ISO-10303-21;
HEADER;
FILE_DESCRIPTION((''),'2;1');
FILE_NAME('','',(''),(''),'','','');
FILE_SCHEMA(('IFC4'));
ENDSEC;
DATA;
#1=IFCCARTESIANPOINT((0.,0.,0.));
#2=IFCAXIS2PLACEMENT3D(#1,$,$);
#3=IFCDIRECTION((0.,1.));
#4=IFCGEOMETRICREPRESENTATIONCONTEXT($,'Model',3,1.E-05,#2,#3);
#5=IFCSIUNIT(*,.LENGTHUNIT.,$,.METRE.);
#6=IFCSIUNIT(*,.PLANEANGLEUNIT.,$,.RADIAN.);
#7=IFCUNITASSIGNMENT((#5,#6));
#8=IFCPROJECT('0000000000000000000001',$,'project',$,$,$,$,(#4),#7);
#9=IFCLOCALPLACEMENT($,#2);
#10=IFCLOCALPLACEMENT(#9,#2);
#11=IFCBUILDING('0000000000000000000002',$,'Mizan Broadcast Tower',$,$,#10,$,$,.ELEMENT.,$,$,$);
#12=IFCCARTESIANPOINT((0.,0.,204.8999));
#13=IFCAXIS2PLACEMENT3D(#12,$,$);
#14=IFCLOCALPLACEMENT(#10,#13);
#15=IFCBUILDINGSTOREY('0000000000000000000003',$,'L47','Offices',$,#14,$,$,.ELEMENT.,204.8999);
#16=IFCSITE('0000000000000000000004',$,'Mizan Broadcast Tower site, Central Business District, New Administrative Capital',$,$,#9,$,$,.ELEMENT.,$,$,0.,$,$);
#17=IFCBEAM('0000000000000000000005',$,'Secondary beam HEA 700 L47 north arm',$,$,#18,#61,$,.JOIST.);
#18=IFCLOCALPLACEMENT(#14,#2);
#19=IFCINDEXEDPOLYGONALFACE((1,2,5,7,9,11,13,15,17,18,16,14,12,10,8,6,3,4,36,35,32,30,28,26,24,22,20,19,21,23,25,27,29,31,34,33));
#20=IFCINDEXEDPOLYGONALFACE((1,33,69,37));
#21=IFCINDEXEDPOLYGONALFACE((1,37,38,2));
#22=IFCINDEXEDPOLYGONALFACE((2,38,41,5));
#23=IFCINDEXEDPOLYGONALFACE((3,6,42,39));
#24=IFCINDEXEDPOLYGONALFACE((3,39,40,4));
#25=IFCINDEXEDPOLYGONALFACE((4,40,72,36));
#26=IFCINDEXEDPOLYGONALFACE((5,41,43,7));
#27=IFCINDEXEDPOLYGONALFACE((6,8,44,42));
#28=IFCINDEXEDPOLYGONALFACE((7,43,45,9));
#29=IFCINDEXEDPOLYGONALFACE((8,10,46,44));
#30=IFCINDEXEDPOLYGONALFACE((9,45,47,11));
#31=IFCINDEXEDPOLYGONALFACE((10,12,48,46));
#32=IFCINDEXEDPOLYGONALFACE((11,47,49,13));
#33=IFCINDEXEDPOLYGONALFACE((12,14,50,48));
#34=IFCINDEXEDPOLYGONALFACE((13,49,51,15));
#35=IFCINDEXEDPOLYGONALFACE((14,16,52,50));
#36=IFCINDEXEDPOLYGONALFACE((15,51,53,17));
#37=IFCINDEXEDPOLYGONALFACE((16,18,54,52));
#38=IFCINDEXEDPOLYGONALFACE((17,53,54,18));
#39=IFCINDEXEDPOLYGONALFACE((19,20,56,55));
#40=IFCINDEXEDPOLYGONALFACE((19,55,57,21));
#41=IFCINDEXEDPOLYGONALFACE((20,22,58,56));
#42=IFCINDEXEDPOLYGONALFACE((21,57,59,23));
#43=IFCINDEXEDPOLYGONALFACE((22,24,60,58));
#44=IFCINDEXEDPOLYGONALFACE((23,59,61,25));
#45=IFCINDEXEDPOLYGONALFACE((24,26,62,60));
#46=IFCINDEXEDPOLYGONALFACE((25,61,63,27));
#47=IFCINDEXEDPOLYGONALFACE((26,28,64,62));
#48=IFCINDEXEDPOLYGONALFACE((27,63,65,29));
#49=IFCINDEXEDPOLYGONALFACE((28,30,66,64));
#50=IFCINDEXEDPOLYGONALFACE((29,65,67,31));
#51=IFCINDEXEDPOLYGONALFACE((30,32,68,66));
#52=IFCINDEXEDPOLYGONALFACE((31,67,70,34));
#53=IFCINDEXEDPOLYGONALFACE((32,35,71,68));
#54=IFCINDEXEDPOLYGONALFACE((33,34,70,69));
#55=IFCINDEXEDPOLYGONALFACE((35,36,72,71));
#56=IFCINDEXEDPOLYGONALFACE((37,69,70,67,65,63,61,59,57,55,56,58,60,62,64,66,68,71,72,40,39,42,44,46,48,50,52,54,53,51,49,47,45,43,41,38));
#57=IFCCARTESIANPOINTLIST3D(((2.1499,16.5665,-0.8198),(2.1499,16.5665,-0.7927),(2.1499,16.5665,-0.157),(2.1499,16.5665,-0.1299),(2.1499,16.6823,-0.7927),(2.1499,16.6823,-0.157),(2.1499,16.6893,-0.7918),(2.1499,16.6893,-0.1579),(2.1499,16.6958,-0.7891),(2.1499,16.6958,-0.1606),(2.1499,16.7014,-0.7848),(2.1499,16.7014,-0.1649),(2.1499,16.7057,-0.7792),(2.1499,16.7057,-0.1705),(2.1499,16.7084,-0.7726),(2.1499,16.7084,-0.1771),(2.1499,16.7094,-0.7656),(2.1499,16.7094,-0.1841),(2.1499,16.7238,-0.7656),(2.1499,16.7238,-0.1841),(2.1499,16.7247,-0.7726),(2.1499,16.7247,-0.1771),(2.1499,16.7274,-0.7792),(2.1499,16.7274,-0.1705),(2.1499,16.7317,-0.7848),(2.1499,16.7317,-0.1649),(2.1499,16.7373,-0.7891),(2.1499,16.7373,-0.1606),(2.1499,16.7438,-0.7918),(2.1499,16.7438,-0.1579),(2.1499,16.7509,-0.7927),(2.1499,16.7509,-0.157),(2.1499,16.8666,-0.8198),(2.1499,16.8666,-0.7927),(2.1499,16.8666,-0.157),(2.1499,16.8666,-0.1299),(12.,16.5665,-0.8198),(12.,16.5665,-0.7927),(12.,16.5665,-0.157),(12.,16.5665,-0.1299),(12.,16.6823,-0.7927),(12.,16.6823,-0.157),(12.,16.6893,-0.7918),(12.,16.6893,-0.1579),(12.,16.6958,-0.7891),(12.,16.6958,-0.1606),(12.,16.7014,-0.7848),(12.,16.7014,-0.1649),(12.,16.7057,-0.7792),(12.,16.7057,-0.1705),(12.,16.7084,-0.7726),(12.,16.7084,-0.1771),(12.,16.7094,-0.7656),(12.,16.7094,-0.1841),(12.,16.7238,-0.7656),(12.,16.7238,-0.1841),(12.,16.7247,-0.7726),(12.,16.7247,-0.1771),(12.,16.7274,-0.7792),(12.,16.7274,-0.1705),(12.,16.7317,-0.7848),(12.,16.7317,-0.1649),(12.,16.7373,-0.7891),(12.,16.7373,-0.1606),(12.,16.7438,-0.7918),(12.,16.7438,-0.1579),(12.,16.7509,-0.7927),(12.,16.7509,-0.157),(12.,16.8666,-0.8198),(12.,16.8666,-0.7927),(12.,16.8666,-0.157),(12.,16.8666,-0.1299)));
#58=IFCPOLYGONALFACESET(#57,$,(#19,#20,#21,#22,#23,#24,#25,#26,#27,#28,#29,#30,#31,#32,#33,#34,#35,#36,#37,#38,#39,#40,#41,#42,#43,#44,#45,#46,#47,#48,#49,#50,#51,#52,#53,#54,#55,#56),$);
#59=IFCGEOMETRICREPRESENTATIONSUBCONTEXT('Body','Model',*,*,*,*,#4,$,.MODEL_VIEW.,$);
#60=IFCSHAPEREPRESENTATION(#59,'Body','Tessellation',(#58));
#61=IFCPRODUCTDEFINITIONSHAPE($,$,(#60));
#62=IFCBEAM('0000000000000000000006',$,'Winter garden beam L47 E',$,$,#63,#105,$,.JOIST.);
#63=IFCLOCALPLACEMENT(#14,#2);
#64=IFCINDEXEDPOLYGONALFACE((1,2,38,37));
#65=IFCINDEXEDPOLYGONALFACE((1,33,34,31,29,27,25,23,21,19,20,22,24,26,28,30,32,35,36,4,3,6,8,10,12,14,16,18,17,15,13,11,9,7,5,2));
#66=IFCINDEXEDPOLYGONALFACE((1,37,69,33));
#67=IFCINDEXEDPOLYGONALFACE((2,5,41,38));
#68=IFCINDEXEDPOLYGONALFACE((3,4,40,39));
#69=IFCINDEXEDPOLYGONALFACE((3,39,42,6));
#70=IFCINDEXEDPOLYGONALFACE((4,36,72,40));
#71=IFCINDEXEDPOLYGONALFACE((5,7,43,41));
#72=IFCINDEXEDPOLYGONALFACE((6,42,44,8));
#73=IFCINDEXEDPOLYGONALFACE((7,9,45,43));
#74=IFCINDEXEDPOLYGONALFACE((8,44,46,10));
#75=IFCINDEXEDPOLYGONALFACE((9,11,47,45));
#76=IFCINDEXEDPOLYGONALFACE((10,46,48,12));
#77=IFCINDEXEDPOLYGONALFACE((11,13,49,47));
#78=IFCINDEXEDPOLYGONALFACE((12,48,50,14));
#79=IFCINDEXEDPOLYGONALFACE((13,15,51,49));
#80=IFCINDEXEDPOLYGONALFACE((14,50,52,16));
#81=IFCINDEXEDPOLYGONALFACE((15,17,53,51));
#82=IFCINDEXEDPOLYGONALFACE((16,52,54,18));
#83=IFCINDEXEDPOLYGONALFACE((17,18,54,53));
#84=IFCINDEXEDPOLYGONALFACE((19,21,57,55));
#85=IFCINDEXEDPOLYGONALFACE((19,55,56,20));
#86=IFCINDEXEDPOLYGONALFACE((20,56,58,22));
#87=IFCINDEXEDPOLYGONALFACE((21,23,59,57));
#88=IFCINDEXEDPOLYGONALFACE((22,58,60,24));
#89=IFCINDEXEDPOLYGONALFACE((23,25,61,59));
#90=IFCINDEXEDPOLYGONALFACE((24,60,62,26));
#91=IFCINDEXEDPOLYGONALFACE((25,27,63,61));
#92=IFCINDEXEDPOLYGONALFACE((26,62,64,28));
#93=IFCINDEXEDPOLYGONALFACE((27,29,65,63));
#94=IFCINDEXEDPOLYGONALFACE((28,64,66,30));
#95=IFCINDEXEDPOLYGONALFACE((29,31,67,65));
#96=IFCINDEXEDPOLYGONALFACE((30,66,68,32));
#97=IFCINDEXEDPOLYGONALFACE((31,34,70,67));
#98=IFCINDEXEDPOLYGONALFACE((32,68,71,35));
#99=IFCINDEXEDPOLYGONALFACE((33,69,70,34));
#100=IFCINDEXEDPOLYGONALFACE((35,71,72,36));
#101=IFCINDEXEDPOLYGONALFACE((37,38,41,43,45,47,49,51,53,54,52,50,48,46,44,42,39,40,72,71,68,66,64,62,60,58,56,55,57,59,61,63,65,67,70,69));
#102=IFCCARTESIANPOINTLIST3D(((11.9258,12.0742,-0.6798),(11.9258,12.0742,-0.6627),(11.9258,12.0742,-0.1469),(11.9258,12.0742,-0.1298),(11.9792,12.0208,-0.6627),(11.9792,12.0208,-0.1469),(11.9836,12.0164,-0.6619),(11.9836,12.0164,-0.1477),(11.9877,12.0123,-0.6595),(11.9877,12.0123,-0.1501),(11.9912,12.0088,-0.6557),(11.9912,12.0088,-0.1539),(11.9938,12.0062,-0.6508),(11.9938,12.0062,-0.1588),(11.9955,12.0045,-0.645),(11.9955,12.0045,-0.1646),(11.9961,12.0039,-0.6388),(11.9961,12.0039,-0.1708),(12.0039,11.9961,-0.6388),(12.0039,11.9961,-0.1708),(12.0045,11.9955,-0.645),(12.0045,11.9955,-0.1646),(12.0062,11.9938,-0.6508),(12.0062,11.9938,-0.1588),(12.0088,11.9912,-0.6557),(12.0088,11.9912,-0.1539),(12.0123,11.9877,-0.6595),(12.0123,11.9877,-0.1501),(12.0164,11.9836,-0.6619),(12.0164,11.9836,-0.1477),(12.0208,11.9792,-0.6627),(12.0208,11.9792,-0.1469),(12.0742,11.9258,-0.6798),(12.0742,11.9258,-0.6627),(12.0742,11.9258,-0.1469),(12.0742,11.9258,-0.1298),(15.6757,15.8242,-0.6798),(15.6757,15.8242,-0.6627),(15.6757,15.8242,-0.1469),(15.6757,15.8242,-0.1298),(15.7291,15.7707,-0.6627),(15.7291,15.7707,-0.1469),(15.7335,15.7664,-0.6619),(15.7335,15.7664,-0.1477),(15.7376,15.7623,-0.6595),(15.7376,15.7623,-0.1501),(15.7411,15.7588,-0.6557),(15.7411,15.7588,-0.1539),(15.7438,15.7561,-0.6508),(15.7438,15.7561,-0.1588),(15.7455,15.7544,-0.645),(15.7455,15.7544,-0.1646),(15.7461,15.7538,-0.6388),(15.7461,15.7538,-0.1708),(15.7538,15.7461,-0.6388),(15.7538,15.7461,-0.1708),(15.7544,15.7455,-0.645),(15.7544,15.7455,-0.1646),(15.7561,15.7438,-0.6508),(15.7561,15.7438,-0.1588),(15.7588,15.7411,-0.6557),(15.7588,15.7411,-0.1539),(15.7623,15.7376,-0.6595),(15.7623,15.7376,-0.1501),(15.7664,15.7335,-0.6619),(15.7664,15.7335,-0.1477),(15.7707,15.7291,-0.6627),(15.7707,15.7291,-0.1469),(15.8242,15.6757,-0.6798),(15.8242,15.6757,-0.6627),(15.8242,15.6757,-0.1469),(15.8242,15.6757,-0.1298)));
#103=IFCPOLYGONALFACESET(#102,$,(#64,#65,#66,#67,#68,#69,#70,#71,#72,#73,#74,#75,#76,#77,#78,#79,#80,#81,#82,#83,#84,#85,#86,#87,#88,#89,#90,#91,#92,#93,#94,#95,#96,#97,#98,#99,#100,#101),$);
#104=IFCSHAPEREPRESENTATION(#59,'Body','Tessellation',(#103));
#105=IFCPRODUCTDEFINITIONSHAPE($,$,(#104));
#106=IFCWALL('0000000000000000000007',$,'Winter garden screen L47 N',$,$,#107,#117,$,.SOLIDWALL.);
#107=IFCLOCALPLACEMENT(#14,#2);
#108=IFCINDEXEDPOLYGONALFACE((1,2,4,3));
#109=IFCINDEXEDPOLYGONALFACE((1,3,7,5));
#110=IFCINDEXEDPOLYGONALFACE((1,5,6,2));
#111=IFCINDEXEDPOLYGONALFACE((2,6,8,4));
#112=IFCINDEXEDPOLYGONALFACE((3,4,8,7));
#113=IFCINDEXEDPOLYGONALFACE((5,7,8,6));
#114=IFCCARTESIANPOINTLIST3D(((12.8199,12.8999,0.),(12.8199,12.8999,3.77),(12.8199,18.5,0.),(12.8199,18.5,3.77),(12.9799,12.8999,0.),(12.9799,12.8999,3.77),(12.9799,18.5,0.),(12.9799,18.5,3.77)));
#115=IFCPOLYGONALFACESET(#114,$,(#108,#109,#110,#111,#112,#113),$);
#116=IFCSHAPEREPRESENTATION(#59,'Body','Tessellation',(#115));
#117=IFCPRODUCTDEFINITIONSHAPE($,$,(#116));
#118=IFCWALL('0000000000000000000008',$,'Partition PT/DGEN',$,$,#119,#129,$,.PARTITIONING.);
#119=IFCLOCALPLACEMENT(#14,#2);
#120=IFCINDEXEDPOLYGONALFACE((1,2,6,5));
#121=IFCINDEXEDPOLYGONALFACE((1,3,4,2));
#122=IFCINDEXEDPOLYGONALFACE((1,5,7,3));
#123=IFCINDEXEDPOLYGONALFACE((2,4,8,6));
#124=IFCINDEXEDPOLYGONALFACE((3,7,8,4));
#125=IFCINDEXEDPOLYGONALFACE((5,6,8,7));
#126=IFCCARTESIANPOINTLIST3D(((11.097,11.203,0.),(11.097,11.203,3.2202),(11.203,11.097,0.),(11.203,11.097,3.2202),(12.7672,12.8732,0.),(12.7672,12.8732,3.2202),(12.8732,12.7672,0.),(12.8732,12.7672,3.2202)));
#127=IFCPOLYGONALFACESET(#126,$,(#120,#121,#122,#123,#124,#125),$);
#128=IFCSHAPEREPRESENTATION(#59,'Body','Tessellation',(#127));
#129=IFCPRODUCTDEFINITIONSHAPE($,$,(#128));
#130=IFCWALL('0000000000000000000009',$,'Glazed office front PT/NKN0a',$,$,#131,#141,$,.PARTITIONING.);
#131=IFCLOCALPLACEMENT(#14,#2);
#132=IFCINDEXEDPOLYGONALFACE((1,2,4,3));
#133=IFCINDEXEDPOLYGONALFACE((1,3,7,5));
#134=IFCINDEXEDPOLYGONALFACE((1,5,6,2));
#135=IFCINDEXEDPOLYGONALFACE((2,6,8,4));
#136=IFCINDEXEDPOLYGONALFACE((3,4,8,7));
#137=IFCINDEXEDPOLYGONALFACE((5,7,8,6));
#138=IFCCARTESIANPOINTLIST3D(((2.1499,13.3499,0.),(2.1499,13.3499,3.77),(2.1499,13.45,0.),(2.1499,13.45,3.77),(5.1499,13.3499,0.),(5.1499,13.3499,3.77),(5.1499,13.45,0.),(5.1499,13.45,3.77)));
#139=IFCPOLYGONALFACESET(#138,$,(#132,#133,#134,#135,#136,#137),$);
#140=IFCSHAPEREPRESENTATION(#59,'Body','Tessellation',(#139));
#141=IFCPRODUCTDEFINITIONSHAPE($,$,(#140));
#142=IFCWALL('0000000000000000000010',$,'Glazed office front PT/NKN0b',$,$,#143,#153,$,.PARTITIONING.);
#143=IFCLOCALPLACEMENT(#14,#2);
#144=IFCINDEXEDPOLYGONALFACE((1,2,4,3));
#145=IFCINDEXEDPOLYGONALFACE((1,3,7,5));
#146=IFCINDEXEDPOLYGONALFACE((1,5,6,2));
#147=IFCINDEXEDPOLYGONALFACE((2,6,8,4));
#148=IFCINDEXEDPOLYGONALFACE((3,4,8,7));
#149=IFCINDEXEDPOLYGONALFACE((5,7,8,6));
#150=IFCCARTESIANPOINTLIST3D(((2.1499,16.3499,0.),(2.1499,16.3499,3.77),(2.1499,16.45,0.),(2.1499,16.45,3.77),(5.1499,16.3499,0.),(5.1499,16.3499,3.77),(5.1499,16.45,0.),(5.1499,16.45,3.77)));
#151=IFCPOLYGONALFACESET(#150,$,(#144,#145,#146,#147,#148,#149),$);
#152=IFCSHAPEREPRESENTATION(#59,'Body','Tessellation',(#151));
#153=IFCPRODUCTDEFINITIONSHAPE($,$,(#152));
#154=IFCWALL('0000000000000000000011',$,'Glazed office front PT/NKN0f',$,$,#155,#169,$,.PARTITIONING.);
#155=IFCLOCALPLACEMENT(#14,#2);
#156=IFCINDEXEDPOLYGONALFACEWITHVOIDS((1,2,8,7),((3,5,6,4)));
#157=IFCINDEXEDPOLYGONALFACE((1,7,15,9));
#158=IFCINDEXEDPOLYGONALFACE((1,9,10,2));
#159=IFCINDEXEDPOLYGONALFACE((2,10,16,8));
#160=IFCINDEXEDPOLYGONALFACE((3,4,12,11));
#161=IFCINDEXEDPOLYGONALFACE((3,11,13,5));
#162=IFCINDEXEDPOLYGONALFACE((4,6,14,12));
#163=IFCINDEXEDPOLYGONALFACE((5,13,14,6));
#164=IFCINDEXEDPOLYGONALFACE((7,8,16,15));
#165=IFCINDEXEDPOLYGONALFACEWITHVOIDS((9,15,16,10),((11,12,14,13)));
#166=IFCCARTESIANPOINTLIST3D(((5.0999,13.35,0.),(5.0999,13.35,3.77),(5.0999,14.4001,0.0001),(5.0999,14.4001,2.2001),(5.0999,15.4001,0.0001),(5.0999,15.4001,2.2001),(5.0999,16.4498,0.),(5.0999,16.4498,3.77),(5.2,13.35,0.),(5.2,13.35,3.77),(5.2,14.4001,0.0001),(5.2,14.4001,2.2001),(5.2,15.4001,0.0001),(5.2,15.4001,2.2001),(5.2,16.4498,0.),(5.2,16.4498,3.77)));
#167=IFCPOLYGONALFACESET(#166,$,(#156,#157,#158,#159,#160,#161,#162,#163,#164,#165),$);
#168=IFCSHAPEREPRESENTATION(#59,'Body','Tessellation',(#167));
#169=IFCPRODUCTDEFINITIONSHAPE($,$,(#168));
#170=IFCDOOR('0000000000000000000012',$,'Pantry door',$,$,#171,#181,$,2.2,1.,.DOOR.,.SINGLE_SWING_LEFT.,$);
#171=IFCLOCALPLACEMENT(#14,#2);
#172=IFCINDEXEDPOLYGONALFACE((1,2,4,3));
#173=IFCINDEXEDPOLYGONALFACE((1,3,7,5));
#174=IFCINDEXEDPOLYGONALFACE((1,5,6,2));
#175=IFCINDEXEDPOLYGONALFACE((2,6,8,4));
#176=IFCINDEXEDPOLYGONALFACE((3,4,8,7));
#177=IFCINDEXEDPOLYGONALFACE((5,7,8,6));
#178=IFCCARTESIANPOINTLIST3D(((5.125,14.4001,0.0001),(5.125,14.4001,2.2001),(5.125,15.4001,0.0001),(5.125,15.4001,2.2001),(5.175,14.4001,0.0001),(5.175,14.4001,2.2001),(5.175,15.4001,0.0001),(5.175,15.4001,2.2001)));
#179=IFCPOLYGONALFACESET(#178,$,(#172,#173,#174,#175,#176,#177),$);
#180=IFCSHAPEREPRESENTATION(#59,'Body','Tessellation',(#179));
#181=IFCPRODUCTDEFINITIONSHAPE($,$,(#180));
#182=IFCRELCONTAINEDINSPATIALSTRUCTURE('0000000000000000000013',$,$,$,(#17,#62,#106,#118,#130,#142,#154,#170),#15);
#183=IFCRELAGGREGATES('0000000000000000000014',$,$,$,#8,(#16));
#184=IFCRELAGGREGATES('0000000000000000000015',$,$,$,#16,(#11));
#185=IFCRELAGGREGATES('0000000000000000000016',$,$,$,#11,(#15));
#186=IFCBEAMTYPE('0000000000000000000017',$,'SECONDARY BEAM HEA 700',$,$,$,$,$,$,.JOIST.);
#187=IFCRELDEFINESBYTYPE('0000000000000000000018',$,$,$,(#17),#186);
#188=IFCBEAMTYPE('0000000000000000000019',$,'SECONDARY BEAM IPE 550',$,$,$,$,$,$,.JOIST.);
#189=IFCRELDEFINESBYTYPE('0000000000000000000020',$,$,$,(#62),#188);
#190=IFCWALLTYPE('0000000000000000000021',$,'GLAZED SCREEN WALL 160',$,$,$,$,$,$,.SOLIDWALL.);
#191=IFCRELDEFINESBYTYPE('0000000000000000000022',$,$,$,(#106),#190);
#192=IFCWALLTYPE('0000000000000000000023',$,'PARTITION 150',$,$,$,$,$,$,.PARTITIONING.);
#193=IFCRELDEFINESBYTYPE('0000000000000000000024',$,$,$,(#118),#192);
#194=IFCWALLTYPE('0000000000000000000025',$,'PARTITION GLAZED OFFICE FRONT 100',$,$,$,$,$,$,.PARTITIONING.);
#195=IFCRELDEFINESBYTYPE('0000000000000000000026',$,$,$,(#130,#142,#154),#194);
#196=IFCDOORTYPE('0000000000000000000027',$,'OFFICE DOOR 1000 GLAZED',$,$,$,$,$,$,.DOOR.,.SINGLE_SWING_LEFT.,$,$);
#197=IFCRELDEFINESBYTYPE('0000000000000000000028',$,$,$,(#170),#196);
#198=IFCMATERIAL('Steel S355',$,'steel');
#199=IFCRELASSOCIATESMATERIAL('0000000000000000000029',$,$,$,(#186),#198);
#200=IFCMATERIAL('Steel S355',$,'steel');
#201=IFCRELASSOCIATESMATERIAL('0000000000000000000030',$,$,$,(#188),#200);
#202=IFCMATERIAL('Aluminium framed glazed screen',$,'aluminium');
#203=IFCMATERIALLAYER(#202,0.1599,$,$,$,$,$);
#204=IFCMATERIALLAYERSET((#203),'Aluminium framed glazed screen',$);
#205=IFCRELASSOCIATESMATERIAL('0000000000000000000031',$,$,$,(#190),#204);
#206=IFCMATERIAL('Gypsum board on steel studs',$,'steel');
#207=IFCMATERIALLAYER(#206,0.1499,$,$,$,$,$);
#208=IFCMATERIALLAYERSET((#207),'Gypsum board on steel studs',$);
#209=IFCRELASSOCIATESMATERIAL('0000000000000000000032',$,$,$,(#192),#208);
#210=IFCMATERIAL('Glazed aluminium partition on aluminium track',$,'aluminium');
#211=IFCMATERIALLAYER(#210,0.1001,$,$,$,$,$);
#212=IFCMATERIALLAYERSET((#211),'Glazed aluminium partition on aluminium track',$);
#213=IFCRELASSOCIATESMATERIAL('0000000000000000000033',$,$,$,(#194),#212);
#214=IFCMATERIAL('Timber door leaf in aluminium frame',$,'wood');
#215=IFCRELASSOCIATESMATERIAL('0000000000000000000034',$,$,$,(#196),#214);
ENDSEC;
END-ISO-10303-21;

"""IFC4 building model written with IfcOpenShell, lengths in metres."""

from ifc_helpers import new_model, si_unit, direction, frame, frame_2d, origin, origin_2d, place, context, subcontext, project, spatial, rectangle, i_section, extrude, material, layer, layer_set, material_profile, profile_set, type_object, element, fill, save


model = new_model("IFC4")

# Units and contexts
model_context = context("Model", 3, precision=1e-05, world=origin(), true_north=direction((0.0, 1.0)))
body_context = subcontext(model_context, "Body", "Model", "MODEL_VIEW")
ifc_project = project(units=[si_unit("LENGTHUNIT", "METRE"), si_unit("PLANEANGLEUNIT", "RADIAN")], contexts=[model_context])

# Site, building, storey
site_placement = place(None, origin())
site = spatial("IfcSite", under=ifc_project, at=site_placement, Name="Mizan Broadcast Tower site, Central Business District, New Administrative Capital", CompositionType="ELEMENT", RefElevation=0.0)
building_placement = place(site_placement, origin())
building = spatial("IfcBuilding", under=site, at=building_placement, Name="Mizan Broadcast Tower", CompositionType="ELEMENT")
storey_placement = place(building_placement, frame((0.0, 0.0, 204.8999)))
storey = spatial("IfcBuildingStorey", under=building, at=storey_placement, Name="L47", Description="Offices", CompositionType="ELEMENT", Elevation=204.8999)

# Beams
ifc_material_1 = material(Name="Steel S355", Category="steel")
ifc_material_profile_1 = material_profile(ifc_material_1, i_section(OverallWidth=0.3, OverallDepth=0.6899, WebThickness=0.0144, FlangeThickness=0.0271, FilletRadius=0.0271, at=origin_2d()), Name="HEA 700")
ifc_profile_set_1 = profile_set([ifc_material_profile_1], Name="Steel S355")
beam_type_1 = type_object("IfcBeamType", Name="SECONDARY BEAM HEA 700", PredefinedType="JOIST", material=ifc_profile_set_1)
for number, where, z_axis, x_axis, name in (
    (1, (12.0, 16.7166, -0.4749), (-1.0, 0.0, 0.0), (0.0, -1.0, 0.0), "Secondary beam HEA 700 L47 north arm"),
):
    element("IfcBeam", number, at=place(storey_placement, frame(where, z_axis=z_axis, x_axis=x_axis)), inside=storey, type_object=beam_type_1, Name=name, PredefinedType="JOIST", context=body_context, shape_type="SweptSolid", body=[
        extrude(i_section(OverallWidth=0.3, OverallDepth=0.6899, WebThickness=0.0144, FlangeThickness=0.0271, FilletRadius=0.0271, at=origin_2d()), origin(), (0.0, 0.0, 1.0), 9.8501),
    ])
ifc_material_2 = material(Name="Steel S355", Category="steel")
ifc_material_profile_2 = material_profile(ifc_material_2, i_section(OverallWidth=0.21, OverallDepth=0.55, WebThickness=0.011, FlangeThickness=0.0171, FilletRadius=0.0239, at=origin_2d()), Name="IPE 550")
ifc_profile_set_2 = profile_set([ifc_material_profile_2], Name="Steel S355")
beam_type_2 = type_object("IfcBeamType", Name="SECONDARY BEAM IPE 550", PredefinedType="JOIST", material=ifc_profile_set_2)
beam_placement = place(storey_placement, frame((12.0, 12.0, -0.4048), z_axis=(0.707107, 0.707107, 0.0), x_axis=(-0.707107, 0.707107, 0.0)))
element("IfcBeam", 2, at=beam_placement, inside=storey, type_object=beam_type_2, Name="Winter garden beam L47 E", PredefinedType="JOIST", context=body_context, shape_type="SweptSolid", body=[
    extrude(i_section(OverallWidth=0.21, OverallDepth=0.55, WebThickness=0.011, FlangeThickness=0.0171, FilletRadius=0.0239, at=origin_2d()), origin(), (0.0, 0.0, 1.0), 5.3032),
])

# Walls
ifc_material_3 = material(Name="Aluminium framed glazed screen", Category="aluminium")
ifc_layer_1 = layer(ifc_material_3, 0.1599)
ifc_layer_set_1 = layer_set([ifc_layer_1], Name="Aluminium framed glazed screen")
wall_type_1 = type_object("IfcWallType", Name="GLAZED SCREEN WALL 160", PredefinedType="SOLIDWALL", material=ifc_layer_set_1)
wall_1_placement = place(storey_placement, frame((12.8999, 12.8999, 0.0), z_axis=(0.0, 0.0, 1.0), x_axis=(0.0, 1.0, 0.0)))
element("IfcWall", 3, at=wall_1_placement, inside=storey, type_object=wall_type_1, Name="Winter garden screen L47 N", PredefinedType="SOLIDWALL", context=body_context, shape_type="SweptSolid", body=[
    extrude(rectangle(XDim=5.6001, YDim=0.1599, at=frame_2d((2.8, 0.0))), origin(), (0.0, 0.0, 1.0), 3.77),
])
ifc_material_4 = material(Name="Gypsum board on steel studs", Category="steel")
ifc_layer_2 = layer(ifc_material_4, 0.1499)
ifc_layer_set_2 = layer_set([ifc_layer_2], Name="Gypsum board on steel studs")
wall_type_2 = type_object("IfcWallType", Name="PARTITION 150", PredefinedType="PARTITIONING", material=ifc_layer_set_2)
wall_2_placement = place(storey_placement, frame((11.1499, 11.1499, 0.0), z_axis=(0.0, 0.0, 1.0), x_axis=(0.707107, 0.707107, 0.0)))
element("IfcWall", 4, at=wall_2_placement, inside=storey, type_object=wall_type_2, Name="Partition PT/DGEN", PredefinedType="PARTITIONING", context=body_context, shape_type="SweptSolid", body=[
    extrude(rectangle(XDim=2.3621, YDim=0.1499, at=frame_2d((1.1812, 0.0))), origin(), (0.0, 0.0, 1.0), 3.2202),
])
ifc_material_5 = material(Name="Glazed aluminium partition on aluminium track", Category="aluminium")
ifc_layer_3 = layer(ifc_material_5, 0.1001)
ifc_layer_set_3 = layer_set([ifc_layer_3], Name="Glazed aluminium partition on aluminium track")
wall_type_3 = type_object("IfcWallType", Name="PARTITION GLAZED OFFICE FRONT 100", PredefinedType="PARTITIONING", material=ifc_layer_set_3)
for number, where, z_axis, x_axis, name in (
    (5, (2.1499, 13.3999, 0.0), (0.0, 0.0, 1.0), (1.0, 0.0, 0.0), "Glazed office front PT/NKN0a"),
    (6, (2.1499, 16.3999, 0.0), (0.0, 0.0, 1.0), (1.0, 0.0, 0.0), "Glazed office front PT/NKN0b"),
):
    element("IfcWall", number, at=place(storey_placement, frame(where, z_axis=z_axis, x_axis=x_axis)), inside=storey, type_object=wall_type_3, Name=name, PredefinedType="PARTITIONING", context=body_context, shape_type="SweptSolid", body=[
        extrude(rectangle(XDim=3.0, YDim=0.1001, at=frame_2d((1.5, 0.0))), origin(), (0.0, 0.0, 1.0), 3.77),
    ])

# Wall, opening, door
wall_3_placement = place(storey_placement, frame((5.1499, 13.3501, 0.0), z_axis=(0.0, 0.0, 1.0), x_axis=(0.0, 1.0, 0.0)))
wall_3 = element("IfcWall", 7, at=wall_3_placement, inside=storey, type_object=wall_type_3, Name="Glazed office front PT/NKN0f", PredefinedType="PARTITIONING", context=body_context, shape_type="SweptSolid", body=[
    extrude(rectangle(XDim=3.0999, YDim=0.1001, at=frame_2d((1.5498, 0.0))), origin(), (0.0, 0.0, 1.0), 3.77),
])
opening_placement = place(wall_3_placement, frame((1.05, 0.0, 0.0)))
opening = element("IfcOpeningElement", 8, at=opening_placement, cuts=wall_3, PredefinedType="OPENING", context=body_context, shape_type="SweptSolid", body=[
    extrude(rectangle(XDim=1.0, YDim=2.2, at=frame_2d((0.5, 1.1001))), frame((0.0, 0.0601, 0.0), z_axis=(0.0, -1.0, 0.0), x_axis=(1.0, 0.0, 0.0)), (0.0, 0.0, 1.0), 0.1201),
])
ifc_material_6 = material(Name="Timber door leaf in aluminium frame", Category="wood")
door_type = type_object("IfcDoorType", Name="OFFICE DOOR 1000 GLAZED", OperationType="SINGLE_SWING_LEFT", PredefinedType="DOOR", material=ifc_material_6)
door_placement = place(opening_placement, origin())
door = element("IfcDoor", 9, at=door_placement, inside=storey, type_object=door_type, Name="Pantry door", OperationType="SINGLE_SWING_LEFT", OverallHeight=2.2, OverallWidth=1.0, PredefinedType="DOOR", context=body_context, shape_type="SweptSolid", body=[
    extrude(rectangle(XDim=1.0, YDim=2.2, at=frame_2d((0.5, 1.1001))), frame((0.0, 0.0249, 0.0), z_axis=(0.0, -1.0, 0.0), x_axis=(1.0, 0.0, 0.0)), (0.0, 0.0, 1.0), 0.05),
])
fill(opening, door)

save(model, "model.ifc")
